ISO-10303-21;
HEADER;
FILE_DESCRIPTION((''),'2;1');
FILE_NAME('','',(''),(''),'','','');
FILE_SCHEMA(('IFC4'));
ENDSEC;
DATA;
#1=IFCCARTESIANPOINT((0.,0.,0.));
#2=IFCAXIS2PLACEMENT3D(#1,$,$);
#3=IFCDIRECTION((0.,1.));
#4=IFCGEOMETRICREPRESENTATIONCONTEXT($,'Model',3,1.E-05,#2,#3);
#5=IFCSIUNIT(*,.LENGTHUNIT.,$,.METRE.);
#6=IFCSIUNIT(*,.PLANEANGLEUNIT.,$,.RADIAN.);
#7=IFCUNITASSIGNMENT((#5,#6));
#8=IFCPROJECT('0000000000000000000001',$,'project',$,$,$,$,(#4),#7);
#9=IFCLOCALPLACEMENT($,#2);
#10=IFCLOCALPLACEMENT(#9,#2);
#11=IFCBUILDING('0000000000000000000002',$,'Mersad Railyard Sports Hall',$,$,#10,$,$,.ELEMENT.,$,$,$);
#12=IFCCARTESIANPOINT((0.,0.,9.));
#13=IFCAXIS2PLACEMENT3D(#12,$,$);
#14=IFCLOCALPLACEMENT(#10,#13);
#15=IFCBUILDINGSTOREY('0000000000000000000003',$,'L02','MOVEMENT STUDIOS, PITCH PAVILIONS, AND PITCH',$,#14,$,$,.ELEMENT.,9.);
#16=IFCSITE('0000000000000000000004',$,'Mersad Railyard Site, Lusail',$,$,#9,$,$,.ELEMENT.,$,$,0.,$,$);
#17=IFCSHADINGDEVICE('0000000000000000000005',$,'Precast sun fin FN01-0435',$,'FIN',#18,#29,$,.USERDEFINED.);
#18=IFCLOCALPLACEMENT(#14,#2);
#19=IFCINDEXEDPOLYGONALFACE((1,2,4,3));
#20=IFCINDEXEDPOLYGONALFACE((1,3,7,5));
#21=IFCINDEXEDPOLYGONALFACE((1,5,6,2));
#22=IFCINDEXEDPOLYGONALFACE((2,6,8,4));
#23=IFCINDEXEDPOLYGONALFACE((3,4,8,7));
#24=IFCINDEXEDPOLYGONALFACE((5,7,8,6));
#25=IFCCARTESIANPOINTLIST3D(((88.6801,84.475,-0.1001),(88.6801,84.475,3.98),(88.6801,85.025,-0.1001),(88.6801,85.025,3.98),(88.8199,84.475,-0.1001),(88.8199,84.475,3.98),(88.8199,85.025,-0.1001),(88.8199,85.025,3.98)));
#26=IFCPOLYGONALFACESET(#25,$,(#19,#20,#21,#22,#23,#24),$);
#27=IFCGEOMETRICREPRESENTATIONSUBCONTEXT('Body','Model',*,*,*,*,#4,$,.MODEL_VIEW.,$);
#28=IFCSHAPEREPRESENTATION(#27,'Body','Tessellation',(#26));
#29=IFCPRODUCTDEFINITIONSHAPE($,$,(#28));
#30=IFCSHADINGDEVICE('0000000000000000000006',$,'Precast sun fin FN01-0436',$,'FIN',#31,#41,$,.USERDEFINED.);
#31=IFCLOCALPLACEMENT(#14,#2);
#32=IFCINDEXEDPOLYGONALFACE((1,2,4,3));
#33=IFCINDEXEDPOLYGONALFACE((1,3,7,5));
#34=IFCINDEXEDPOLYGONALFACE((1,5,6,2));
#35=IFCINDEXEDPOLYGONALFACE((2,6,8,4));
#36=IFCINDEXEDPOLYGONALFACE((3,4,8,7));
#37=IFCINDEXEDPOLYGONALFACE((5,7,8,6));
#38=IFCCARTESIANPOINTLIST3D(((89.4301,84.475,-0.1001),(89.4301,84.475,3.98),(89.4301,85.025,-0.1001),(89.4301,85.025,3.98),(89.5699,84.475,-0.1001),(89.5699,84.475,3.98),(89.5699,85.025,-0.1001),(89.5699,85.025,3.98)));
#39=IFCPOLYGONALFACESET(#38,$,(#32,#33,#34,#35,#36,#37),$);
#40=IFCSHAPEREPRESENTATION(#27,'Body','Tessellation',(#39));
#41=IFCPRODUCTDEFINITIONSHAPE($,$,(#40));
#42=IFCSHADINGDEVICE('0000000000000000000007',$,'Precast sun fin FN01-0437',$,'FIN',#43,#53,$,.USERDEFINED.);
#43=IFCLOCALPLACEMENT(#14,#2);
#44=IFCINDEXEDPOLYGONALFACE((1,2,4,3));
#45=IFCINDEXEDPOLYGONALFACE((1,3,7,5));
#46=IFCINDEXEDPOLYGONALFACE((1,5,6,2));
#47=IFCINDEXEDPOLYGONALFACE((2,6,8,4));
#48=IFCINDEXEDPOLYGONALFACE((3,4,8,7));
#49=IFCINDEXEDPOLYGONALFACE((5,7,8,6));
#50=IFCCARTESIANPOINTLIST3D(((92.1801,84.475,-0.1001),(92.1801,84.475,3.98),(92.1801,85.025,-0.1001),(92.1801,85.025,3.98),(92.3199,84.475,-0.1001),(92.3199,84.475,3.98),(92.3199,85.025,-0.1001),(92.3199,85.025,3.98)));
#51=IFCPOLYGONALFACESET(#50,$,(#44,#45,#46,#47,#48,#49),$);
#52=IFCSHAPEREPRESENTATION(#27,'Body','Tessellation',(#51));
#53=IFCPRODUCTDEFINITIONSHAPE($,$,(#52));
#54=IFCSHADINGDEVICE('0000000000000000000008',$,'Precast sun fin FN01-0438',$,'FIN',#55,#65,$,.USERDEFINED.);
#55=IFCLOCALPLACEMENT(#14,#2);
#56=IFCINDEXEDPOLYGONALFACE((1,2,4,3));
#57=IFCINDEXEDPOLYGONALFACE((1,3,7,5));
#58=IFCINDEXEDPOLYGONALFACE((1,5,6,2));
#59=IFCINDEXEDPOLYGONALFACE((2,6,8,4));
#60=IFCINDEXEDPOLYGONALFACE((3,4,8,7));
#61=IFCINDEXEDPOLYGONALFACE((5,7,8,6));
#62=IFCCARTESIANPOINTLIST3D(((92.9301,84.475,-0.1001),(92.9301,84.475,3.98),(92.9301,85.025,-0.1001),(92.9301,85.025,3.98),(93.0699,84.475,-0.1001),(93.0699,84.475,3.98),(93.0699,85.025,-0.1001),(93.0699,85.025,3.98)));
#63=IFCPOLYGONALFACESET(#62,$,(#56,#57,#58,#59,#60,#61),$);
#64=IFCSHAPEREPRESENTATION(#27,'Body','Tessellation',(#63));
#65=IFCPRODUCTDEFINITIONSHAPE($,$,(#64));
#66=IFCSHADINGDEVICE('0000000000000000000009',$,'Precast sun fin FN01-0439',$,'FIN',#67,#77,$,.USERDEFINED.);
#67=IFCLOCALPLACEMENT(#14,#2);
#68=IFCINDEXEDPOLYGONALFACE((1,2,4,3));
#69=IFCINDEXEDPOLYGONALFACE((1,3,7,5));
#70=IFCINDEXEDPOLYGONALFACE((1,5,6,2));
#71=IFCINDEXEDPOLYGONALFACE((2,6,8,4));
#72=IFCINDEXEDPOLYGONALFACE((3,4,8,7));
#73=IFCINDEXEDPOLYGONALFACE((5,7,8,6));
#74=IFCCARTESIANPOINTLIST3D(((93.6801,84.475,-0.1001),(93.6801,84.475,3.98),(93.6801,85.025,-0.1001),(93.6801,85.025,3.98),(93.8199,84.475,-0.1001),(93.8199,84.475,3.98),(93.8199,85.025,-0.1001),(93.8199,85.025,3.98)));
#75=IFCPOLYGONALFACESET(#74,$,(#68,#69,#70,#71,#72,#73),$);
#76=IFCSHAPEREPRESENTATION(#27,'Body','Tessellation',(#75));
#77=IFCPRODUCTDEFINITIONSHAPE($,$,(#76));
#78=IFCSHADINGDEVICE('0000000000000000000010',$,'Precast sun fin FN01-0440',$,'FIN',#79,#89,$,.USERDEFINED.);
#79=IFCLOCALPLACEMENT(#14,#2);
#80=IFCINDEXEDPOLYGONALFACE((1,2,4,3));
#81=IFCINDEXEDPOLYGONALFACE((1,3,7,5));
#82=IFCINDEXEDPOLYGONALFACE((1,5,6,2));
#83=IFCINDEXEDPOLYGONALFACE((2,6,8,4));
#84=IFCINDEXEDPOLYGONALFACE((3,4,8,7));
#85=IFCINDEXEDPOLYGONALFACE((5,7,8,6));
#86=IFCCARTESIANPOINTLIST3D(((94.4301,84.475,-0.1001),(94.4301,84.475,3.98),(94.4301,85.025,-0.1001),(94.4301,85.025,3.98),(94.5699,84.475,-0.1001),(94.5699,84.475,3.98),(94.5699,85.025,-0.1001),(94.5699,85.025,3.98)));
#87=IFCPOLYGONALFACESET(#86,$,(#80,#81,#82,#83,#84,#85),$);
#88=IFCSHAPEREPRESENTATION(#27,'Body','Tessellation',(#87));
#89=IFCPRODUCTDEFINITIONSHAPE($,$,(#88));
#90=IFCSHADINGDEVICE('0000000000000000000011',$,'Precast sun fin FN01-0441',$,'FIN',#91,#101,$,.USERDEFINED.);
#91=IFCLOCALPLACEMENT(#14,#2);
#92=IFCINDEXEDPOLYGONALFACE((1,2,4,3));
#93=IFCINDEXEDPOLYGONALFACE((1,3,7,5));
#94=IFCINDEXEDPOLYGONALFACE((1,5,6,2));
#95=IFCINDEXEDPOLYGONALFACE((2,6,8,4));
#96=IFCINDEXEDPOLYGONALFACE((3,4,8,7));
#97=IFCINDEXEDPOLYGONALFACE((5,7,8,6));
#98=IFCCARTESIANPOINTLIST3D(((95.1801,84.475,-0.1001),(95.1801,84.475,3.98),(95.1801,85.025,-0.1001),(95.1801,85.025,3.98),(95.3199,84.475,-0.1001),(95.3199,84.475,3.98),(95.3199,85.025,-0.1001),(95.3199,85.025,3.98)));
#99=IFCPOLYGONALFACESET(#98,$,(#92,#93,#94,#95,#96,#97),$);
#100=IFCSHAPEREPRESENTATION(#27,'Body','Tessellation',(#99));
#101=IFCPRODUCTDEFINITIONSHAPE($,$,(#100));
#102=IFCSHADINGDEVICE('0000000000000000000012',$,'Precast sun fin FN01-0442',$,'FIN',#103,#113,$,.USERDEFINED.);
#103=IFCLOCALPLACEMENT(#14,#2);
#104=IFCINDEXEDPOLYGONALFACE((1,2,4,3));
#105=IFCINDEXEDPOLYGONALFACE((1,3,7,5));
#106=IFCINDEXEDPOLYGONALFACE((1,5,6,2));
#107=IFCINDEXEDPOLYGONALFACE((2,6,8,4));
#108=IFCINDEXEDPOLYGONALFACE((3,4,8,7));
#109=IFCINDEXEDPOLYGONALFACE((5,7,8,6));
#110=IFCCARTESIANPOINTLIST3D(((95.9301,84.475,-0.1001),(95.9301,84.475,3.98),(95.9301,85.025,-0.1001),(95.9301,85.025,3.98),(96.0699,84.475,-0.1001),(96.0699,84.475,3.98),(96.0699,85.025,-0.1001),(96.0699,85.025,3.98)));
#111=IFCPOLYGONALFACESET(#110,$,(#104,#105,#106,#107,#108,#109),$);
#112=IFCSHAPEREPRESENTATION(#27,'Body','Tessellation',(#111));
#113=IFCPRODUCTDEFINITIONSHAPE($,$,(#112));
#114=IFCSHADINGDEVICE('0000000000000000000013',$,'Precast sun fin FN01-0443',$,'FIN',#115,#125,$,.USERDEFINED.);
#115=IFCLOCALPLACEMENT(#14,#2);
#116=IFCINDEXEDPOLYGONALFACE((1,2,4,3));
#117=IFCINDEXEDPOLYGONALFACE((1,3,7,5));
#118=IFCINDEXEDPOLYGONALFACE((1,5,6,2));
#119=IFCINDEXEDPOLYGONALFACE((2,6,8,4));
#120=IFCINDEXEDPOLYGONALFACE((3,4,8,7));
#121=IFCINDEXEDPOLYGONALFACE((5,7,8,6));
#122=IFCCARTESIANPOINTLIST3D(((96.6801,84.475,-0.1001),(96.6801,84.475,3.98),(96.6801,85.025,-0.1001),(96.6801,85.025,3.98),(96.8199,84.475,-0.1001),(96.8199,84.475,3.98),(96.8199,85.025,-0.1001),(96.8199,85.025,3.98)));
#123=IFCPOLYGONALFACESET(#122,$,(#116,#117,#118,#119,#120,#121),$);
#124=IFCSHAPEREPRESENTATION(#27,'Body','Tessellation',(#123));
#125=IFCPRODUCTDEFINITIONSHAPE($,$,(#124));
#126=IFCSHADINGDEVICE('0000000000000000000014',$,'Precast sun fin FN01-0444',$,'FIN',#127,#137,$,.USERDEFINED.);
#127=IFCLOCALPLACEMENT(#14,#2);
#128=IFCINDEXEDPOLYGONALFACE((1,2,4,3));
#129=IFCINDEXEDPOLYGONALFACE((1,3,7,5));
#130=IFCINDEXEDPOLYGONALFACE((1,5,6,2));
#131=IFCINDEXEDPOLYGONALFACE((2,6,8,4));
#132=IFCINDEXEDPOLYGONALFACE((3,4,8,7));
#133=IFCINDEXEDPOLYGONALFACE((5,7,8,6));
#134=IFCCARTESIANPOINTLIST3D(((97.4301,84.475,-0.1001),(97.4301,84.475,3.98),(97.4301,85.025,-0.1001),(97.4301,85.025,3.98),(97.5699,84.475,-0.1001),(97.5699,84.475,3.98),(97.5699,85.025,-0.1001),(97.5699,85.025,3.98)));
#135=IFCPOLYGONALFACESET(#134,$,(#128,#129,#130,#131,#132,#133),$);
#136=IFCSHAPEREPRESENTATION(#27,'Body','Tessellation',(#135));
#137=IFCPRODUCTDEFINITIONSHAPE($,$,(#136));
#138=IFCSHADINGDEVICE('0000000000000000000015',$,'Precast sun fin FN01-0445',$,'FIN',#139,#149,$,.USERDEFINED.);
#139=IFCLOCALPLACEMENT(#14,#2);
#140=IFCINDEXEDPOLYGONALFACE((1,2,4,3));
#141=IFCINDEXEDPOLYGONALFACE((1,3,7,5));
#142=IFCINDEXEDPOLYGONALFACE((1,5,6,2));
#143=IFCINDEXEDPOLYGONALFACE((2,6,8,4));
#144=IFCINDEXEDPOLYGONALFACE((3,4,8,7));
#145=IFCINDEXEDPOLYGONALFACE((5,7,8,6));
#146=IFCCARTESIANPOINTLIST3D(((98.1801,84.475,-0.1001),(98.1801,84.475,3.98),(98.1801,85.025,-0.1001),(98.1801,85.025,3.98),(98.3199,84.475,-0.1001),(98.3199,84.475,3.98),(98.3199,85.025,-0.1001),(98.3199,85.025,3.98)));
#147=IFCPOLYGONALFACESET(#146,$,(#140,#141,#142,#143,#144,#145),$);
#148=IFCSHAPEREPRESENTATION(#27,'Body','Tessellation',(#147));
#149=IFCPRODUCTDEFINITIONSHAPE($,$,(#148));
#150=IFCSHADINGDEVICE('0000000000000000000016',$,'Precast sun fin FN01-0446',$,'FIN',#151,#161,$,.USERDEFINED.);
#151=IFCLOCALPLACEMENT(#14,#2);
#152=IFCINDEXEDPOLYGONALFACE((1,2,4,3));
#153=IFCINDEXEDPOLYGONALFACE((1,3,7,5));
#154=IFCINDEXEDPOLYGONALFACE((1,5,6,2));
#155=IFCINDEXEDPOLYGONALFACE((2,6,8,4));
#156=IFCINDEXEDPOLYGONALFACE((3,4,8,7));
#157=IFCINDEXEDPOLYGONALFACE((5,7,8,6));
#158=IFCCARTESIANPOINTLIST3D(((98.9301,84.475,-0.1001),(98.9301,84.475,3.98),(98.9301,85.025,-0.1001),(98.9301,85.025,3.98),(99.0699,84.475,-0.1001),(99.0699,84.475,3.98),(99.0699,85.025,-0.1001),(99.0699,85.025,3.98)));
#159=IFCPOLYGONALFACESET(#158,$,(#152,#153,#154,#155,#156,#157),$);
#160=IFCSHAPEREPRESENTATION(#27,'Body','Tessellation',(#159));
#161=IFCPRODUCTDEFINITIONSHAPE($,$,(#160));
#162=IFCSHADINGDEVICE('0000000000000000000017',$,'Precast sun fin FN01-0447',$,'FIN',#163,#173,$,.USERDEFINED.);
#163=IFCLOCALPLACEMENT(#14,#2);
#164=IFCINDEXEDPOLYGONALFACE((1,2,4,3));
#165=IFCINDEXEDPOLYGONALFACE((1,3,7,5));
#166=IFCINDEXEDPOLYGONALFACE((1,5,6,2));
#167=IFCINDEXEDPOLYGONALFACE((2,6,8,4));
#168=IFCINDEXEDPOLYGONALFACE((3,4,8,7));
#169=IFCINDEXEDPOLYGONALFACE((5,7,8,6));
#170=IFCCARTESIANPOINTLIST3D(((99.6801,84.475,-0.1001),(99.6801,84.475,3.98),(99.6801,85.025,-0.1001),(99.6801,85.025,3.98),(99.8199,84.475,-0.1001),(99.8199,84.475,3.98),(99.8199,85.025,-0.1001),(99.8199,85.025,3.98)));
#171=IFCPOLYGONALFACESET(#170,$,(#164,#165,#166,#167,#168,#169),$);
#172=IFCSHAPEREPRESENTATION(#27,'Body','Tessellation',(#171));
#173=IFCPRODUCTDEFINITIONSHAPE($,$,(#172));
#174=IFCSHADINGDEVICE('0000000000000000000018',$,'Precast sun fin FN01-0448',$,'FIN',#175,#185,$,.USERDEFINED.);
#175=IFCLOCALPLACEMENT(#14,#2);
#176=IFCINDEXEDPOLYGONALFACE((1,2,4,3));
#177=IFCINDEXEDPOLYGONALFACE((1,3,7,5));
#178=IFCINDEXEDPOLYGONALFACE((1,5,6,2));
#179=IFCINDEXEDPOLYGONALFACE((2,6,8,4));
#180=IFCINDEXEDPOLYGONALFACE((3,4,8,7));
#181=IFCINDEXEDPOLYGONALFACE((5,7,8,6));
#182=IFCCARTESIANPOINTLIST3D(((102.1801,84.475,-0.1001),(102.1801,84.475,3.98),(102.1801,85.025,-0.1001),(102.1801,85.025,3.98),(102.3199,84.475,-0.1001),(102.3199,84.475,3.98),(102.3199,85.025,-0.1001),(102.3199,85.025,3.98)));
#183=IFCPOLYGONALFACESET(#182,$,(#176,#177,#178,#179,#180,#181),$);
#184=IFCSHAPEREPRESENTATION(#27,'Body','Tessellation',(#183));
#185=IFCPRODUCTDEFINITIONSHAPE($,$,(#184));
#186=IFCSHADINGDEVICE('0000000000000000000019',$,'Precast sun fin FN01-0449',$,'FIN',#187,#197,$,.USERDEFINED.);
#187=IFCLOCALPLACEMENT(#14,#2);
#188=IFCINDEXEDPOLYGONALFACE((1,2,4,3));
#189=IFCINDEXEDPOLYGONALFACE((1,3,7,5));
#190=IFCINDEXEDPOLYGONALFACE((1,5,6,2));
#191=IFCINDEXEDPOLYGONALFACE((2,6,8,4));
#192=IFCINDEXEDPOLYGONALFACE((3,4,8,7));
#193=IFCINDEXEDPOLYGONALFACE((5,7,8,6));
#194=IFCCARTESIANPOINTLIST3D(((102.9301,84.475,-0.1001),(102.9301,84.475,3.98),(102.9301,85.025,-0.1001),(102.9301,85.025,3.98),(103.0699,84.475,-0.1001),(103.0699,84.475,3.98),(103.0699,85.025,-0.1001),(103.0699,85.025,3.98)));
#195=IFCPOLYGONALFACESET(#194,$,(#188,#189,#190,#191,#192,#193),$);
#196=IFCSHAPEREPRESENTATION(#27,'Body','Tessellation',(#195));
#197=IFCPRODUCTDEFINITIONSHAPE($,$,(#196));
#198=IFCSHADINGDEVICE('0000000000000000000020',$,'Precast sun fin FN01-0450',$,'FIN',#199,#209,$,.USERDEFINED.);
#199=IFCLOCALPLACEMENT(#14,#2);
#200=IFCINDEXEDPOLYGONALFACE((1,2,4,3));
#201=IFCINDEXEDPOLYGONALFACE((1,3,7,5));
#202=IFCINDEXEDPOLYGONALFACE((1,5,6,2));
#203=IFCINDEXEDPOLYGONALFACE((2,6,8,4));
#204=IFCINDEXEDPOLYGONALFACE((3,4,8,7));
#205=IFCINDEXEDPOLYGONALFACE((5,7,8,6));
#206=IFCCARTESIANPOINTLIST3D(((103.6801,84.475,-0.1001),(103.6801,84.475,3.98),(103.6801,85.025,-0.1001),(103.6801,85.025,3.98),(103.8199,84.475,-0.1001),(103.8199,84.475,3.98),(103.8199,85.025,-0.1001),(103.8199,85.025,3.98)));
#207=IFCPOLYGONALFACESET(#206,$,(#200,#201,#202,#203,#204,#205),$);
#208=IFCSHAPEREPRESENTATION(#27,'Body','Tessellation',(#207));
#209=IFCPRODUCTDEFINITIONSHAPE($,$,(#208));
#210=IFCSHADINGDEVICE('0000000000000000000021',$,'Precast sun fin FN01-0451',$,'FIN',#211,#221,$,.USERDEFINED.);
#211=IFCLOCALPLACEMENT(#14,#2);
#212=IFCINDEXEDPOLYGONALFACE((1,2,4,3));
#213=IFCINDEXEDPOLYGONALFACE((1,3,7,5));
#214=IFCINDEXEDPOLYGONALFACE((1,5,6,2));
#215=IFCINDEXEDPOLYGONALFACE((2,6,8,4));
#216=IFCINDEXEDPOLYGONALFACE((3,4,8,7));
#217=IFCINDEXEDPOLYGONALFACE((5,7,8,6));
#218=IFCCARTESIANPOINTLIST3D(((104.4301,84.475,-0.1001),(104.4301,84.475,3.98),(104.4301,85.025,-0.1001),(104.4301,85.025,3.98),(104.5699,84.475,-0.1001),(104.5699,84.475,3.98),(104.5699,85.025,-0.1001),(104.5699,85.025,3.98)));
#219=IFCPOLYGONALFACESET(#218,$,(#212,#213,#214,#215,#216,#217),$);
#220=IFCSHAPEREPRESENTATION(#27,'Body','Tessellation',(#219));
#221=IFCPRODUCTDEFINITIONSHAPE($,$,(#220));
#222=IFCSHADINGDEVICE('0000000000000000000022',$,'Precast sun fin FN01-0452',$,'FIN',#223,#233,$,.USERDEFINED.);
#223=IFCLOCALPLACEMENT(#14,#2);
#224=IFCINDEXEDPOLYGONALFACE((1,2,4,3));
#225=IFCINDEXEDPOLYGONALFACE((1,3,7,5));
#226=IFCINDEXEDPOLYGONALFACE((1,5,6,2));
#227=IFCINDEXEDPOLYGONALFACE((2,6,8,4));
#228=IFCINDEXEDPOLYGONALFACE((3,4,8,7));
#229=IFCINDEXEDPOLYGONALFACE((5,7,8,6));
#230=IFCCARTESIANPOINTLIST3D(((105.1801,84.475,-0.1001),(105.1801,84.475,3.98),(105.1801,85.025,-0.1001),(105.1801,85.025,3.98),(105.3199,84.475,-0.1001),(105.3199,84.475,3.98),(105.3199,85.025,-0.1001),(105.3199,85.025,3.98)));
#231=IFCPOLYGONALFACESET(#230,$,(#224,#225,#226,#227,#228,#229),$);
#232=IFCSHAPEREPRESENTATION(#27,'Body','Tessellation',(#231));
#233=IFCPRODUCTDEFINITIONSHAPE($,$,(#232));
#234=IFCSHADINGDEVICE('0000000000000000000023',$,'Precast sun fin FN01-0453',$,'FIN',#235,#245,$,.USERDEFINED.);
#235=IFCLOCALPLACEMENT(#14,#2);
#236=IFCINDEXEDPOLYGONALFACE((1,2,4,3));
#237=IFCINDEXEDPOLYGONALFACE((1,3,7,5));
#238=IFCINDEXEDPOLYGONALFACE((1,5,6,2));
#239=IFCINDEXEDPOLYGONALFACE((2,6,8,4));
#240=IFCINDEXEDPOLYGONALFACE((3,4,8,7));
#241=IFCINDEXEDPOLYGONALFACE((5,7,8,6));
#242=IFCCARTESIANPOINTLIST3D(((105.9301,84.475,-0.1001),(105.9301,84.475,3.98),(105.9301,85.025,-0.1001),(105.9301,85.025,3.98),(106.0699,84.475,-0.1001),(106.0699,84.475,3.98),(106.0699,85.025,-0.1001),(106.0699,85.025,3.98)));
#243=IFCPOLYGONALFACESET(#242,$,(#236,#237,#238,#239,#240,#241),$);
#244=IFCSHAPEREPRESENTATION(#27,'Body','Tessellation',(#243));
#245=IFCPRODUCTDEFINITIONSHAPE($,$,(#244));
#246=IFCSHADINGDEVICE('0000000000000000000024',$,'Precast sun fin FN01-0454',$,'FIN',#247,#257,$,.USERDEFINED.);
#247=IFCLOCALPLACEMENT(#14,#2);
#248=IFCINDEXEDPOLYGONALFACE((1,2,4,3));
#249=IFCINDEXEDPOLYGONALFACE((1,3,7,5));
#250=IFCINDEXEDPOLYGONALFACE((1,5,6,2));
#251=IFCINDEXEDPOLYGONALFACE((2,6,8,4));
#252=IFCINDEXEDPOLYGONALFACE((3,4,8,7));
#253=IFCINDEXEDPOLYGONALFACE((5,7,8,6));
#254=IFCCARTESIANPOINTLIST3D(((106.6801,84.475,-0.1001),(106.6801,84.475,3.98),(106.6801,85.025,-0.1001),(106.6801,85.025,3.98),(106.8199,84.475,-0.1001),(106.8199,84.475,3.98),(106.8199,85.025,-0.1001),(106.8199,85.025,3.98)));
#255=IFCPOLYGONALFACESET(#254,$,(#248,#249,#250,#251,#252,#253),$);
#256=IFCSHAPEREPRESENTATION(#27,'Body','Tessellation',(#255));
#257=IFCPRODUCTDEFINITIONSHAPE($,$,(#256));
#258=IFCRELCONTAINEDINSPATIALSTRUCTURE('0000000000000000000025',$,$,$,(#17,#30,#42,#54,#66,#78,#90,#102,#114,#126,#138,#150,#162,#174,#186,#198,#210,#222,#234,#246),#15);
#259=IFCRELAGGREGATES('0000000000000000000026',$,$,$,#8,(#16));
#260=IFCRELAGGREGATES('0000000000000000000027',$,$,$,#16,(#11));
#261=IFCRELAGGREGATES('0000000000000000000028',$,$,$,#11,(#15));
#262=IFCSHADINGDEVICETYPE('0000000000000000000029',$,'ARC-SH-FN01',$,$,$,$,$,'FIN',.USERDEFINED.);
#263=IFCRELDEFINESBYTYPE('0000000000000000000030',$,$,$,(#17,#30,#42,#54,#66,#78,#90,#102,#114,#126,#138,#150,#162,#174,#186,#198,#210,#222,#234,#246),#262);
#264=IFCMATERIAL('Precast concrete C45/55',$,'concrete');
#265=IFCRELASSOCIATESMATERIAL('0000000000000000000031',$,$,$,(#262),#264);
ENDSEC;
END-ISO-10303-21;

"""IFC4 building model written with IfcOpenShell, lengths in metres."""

from ifc_helpers import new_model, si_unit, direction, frame, origin, origin_2d, place, context, subcontext, project, spatial, rectangle, extrude, material, type_object, element, save


model = new_model("IFC4")

# Units and contexts
model_context = context("Model", 3, precision=1e-05, world=origin(), true_north=direction((0.0, 1.0)))
body_context = subcontext(model_context, "Body", "Model", "MODEL_VIEW")
ifc_project = project(units=[si_unit("LENGTHUNIT", "METRE"), si_unit("PLANEANGLEUNIT", "RADIAN")], contexts=[model_context])

# Site, building, storey
site_placement = place(None, origin())
site = spatial("IfcSite", under=ifc_project, at=site_placement, Name="Mersad Railyard Site, Lusail", CompositionType="ELEMENT", RefElevation=0.0)
building_placement = place(site_placement, origin())
building = spatial("IfcBuilding", under=site, at=building_placement, Name="Mersad Railyard Sports Hall", CompositionType="ELEMENT")
storey_placement = place(building_placement, frame((0.0, 0.0, 9.0)))
storey = spatial("IfcBuildingStorey", under=building, at=storey_placement, Name="L02", Description="MOVEMENT STUDIOS, PITCH PAVILIONS, AND PITCH", CompositionType="ELEMENT", Elevation=9.0)

# Shading devices
ifc_material = material(Name="Precast concrete C45/55", Category="concrete")
shading_device_type = type_object("IfcShadingDeviceType", Name="ARC-SH-FN01", ElementType="FIN", PredefinedType="USERDEFINED", material=ifc_material)
for number, where, z_axis, x_axis, name in (
    (1, (88.75, 84.75, -0.1001), (0.0, 0.0, 1.0), (1.0, 0.0, 0.0), "Precast sun fin FN01-0435"),
    (2, (89.5, 84.75, -0.1001), (0.0, 0.0, 1.0), (1.0, 0.0, 0.0), "Precast sun fin FN01-0436"),
    (3, (92.25, 84.75, -0.1001), (0.0, 0.0, 1.0), (1.0, 0.0, 0.0), "Precast sun fin FN01-0437"),
    (4, (93.0, 84.75, -0.1001), (0.0, 0.0, 1.0), (1.0, 0.0, 0.0), "Precast sun fin FN01-0438"),
    (5, (93.75, 84.75, -0.1001), (0.0, 0.0, 1.0), (1.0, 0.0, 0.0), "Precast sun fin FN01-0439"),
    (6, (94.5, 84.75, -0.1001), (0.0, 0.0, 1.0), (1.0, 0.0, 0.0), "Precast sun fin FN01-0440"),
    (7, (95.25, 84.75, -0.1001), (0.0, 0.0, 1.0), (1.0, 0.0, 0.0), "Precast sun fin FN01-0441"),
    (8, (96.0, 84.75, -0.1001), (0.0, 0.0, 1.0), (1.0, 0.0, 0.0), "Precast sun fin FN01-0442"),
    (9, (96.75, 84.75, -0.1001), (0.0, 0.0, 1.0), (1.0, 0.0, 0.0), "Precast sun fin FN01-0443"),
    (10, (97.5, 84.75, -0.1001), (0.0, 0.0, 1.0), (1.0, 0.0, 0.0), "Precast sun fin FN01-0444"),
    (11, (98.25, 84.75, -0.1001), (0.0, 0.0, 1.0), (1.0, 0.0, 0.0), "Precast sun fin FN01-0445"),
    (12, (99.0, 84.75, -0.1001), (0.0, 0.0, 1.0), (1.0, 0.0, 0.0), "Precast sun fin FN01-0446"),
    (13, (99.75, 84.75, -0.1001), (0.0, 0.0, 1.0), (1.0, 0.0, 0.0), "Precast sun fin FN01-0447"),
    (14, (102.25, 84.75, -0.1001), (0.0, 0.0, 1.0), (1.0, 0.0, 0.0), "Precast sun fin FN01-0448"),
    (15, (103.0, 84.75, -0.1001), (0.0, 0.0, 1.0), (1.0, 0.0, 0.0), "Precast sun fin FN01-0449"),
    (16, (103.75, 84.75, -0.1001), (0.0, 0.0, 1.0), (1.0, 0.0, 0.0), "Precast sun fin FN01-0450"),
    (17, (104.5, 84.75, -0.1001), (0.0, 0.0, 1.0), (1.0, 0.0, 0.0), "Precast sun fin FN01-0451"),
    (18, (105.25, 84.75, -0.1001), (0.0, 0.0, 1.0), (1.0, 0.0, 0.0), "Precast sun fin FN01-0452"),
    (19, (106.0, 84.75, -0.1001), (0.0, 0.0, 1.0), (1.0, 0.0, 0.0), "Precast sun fin FN01-0453"),
    (20, (106.75, 84.75, -0.1001), (0.0, 0.0, 1.0), (1.0, 0.0, 0.0), "Precast sun fin FN01-0454"),
):
    element("IfcShadingDevice", number, at=place(storey_placement, frame(where, z_axis=z_axis, x_axis=x_axis)), inside=storey, type_object=shading_device_type, Name=name, ObjectType="FIN", PredefinedType="USERDEFINED", context=body_context, shape_type="SweptSolid", body=[
        extrude(rectangle(XDim=0.1399, YDim=0.55, at=origin_2d()), origin(), (0.0, 0.0, 1.0), 4.0801),
    ])

save(model, "model.ifc")
